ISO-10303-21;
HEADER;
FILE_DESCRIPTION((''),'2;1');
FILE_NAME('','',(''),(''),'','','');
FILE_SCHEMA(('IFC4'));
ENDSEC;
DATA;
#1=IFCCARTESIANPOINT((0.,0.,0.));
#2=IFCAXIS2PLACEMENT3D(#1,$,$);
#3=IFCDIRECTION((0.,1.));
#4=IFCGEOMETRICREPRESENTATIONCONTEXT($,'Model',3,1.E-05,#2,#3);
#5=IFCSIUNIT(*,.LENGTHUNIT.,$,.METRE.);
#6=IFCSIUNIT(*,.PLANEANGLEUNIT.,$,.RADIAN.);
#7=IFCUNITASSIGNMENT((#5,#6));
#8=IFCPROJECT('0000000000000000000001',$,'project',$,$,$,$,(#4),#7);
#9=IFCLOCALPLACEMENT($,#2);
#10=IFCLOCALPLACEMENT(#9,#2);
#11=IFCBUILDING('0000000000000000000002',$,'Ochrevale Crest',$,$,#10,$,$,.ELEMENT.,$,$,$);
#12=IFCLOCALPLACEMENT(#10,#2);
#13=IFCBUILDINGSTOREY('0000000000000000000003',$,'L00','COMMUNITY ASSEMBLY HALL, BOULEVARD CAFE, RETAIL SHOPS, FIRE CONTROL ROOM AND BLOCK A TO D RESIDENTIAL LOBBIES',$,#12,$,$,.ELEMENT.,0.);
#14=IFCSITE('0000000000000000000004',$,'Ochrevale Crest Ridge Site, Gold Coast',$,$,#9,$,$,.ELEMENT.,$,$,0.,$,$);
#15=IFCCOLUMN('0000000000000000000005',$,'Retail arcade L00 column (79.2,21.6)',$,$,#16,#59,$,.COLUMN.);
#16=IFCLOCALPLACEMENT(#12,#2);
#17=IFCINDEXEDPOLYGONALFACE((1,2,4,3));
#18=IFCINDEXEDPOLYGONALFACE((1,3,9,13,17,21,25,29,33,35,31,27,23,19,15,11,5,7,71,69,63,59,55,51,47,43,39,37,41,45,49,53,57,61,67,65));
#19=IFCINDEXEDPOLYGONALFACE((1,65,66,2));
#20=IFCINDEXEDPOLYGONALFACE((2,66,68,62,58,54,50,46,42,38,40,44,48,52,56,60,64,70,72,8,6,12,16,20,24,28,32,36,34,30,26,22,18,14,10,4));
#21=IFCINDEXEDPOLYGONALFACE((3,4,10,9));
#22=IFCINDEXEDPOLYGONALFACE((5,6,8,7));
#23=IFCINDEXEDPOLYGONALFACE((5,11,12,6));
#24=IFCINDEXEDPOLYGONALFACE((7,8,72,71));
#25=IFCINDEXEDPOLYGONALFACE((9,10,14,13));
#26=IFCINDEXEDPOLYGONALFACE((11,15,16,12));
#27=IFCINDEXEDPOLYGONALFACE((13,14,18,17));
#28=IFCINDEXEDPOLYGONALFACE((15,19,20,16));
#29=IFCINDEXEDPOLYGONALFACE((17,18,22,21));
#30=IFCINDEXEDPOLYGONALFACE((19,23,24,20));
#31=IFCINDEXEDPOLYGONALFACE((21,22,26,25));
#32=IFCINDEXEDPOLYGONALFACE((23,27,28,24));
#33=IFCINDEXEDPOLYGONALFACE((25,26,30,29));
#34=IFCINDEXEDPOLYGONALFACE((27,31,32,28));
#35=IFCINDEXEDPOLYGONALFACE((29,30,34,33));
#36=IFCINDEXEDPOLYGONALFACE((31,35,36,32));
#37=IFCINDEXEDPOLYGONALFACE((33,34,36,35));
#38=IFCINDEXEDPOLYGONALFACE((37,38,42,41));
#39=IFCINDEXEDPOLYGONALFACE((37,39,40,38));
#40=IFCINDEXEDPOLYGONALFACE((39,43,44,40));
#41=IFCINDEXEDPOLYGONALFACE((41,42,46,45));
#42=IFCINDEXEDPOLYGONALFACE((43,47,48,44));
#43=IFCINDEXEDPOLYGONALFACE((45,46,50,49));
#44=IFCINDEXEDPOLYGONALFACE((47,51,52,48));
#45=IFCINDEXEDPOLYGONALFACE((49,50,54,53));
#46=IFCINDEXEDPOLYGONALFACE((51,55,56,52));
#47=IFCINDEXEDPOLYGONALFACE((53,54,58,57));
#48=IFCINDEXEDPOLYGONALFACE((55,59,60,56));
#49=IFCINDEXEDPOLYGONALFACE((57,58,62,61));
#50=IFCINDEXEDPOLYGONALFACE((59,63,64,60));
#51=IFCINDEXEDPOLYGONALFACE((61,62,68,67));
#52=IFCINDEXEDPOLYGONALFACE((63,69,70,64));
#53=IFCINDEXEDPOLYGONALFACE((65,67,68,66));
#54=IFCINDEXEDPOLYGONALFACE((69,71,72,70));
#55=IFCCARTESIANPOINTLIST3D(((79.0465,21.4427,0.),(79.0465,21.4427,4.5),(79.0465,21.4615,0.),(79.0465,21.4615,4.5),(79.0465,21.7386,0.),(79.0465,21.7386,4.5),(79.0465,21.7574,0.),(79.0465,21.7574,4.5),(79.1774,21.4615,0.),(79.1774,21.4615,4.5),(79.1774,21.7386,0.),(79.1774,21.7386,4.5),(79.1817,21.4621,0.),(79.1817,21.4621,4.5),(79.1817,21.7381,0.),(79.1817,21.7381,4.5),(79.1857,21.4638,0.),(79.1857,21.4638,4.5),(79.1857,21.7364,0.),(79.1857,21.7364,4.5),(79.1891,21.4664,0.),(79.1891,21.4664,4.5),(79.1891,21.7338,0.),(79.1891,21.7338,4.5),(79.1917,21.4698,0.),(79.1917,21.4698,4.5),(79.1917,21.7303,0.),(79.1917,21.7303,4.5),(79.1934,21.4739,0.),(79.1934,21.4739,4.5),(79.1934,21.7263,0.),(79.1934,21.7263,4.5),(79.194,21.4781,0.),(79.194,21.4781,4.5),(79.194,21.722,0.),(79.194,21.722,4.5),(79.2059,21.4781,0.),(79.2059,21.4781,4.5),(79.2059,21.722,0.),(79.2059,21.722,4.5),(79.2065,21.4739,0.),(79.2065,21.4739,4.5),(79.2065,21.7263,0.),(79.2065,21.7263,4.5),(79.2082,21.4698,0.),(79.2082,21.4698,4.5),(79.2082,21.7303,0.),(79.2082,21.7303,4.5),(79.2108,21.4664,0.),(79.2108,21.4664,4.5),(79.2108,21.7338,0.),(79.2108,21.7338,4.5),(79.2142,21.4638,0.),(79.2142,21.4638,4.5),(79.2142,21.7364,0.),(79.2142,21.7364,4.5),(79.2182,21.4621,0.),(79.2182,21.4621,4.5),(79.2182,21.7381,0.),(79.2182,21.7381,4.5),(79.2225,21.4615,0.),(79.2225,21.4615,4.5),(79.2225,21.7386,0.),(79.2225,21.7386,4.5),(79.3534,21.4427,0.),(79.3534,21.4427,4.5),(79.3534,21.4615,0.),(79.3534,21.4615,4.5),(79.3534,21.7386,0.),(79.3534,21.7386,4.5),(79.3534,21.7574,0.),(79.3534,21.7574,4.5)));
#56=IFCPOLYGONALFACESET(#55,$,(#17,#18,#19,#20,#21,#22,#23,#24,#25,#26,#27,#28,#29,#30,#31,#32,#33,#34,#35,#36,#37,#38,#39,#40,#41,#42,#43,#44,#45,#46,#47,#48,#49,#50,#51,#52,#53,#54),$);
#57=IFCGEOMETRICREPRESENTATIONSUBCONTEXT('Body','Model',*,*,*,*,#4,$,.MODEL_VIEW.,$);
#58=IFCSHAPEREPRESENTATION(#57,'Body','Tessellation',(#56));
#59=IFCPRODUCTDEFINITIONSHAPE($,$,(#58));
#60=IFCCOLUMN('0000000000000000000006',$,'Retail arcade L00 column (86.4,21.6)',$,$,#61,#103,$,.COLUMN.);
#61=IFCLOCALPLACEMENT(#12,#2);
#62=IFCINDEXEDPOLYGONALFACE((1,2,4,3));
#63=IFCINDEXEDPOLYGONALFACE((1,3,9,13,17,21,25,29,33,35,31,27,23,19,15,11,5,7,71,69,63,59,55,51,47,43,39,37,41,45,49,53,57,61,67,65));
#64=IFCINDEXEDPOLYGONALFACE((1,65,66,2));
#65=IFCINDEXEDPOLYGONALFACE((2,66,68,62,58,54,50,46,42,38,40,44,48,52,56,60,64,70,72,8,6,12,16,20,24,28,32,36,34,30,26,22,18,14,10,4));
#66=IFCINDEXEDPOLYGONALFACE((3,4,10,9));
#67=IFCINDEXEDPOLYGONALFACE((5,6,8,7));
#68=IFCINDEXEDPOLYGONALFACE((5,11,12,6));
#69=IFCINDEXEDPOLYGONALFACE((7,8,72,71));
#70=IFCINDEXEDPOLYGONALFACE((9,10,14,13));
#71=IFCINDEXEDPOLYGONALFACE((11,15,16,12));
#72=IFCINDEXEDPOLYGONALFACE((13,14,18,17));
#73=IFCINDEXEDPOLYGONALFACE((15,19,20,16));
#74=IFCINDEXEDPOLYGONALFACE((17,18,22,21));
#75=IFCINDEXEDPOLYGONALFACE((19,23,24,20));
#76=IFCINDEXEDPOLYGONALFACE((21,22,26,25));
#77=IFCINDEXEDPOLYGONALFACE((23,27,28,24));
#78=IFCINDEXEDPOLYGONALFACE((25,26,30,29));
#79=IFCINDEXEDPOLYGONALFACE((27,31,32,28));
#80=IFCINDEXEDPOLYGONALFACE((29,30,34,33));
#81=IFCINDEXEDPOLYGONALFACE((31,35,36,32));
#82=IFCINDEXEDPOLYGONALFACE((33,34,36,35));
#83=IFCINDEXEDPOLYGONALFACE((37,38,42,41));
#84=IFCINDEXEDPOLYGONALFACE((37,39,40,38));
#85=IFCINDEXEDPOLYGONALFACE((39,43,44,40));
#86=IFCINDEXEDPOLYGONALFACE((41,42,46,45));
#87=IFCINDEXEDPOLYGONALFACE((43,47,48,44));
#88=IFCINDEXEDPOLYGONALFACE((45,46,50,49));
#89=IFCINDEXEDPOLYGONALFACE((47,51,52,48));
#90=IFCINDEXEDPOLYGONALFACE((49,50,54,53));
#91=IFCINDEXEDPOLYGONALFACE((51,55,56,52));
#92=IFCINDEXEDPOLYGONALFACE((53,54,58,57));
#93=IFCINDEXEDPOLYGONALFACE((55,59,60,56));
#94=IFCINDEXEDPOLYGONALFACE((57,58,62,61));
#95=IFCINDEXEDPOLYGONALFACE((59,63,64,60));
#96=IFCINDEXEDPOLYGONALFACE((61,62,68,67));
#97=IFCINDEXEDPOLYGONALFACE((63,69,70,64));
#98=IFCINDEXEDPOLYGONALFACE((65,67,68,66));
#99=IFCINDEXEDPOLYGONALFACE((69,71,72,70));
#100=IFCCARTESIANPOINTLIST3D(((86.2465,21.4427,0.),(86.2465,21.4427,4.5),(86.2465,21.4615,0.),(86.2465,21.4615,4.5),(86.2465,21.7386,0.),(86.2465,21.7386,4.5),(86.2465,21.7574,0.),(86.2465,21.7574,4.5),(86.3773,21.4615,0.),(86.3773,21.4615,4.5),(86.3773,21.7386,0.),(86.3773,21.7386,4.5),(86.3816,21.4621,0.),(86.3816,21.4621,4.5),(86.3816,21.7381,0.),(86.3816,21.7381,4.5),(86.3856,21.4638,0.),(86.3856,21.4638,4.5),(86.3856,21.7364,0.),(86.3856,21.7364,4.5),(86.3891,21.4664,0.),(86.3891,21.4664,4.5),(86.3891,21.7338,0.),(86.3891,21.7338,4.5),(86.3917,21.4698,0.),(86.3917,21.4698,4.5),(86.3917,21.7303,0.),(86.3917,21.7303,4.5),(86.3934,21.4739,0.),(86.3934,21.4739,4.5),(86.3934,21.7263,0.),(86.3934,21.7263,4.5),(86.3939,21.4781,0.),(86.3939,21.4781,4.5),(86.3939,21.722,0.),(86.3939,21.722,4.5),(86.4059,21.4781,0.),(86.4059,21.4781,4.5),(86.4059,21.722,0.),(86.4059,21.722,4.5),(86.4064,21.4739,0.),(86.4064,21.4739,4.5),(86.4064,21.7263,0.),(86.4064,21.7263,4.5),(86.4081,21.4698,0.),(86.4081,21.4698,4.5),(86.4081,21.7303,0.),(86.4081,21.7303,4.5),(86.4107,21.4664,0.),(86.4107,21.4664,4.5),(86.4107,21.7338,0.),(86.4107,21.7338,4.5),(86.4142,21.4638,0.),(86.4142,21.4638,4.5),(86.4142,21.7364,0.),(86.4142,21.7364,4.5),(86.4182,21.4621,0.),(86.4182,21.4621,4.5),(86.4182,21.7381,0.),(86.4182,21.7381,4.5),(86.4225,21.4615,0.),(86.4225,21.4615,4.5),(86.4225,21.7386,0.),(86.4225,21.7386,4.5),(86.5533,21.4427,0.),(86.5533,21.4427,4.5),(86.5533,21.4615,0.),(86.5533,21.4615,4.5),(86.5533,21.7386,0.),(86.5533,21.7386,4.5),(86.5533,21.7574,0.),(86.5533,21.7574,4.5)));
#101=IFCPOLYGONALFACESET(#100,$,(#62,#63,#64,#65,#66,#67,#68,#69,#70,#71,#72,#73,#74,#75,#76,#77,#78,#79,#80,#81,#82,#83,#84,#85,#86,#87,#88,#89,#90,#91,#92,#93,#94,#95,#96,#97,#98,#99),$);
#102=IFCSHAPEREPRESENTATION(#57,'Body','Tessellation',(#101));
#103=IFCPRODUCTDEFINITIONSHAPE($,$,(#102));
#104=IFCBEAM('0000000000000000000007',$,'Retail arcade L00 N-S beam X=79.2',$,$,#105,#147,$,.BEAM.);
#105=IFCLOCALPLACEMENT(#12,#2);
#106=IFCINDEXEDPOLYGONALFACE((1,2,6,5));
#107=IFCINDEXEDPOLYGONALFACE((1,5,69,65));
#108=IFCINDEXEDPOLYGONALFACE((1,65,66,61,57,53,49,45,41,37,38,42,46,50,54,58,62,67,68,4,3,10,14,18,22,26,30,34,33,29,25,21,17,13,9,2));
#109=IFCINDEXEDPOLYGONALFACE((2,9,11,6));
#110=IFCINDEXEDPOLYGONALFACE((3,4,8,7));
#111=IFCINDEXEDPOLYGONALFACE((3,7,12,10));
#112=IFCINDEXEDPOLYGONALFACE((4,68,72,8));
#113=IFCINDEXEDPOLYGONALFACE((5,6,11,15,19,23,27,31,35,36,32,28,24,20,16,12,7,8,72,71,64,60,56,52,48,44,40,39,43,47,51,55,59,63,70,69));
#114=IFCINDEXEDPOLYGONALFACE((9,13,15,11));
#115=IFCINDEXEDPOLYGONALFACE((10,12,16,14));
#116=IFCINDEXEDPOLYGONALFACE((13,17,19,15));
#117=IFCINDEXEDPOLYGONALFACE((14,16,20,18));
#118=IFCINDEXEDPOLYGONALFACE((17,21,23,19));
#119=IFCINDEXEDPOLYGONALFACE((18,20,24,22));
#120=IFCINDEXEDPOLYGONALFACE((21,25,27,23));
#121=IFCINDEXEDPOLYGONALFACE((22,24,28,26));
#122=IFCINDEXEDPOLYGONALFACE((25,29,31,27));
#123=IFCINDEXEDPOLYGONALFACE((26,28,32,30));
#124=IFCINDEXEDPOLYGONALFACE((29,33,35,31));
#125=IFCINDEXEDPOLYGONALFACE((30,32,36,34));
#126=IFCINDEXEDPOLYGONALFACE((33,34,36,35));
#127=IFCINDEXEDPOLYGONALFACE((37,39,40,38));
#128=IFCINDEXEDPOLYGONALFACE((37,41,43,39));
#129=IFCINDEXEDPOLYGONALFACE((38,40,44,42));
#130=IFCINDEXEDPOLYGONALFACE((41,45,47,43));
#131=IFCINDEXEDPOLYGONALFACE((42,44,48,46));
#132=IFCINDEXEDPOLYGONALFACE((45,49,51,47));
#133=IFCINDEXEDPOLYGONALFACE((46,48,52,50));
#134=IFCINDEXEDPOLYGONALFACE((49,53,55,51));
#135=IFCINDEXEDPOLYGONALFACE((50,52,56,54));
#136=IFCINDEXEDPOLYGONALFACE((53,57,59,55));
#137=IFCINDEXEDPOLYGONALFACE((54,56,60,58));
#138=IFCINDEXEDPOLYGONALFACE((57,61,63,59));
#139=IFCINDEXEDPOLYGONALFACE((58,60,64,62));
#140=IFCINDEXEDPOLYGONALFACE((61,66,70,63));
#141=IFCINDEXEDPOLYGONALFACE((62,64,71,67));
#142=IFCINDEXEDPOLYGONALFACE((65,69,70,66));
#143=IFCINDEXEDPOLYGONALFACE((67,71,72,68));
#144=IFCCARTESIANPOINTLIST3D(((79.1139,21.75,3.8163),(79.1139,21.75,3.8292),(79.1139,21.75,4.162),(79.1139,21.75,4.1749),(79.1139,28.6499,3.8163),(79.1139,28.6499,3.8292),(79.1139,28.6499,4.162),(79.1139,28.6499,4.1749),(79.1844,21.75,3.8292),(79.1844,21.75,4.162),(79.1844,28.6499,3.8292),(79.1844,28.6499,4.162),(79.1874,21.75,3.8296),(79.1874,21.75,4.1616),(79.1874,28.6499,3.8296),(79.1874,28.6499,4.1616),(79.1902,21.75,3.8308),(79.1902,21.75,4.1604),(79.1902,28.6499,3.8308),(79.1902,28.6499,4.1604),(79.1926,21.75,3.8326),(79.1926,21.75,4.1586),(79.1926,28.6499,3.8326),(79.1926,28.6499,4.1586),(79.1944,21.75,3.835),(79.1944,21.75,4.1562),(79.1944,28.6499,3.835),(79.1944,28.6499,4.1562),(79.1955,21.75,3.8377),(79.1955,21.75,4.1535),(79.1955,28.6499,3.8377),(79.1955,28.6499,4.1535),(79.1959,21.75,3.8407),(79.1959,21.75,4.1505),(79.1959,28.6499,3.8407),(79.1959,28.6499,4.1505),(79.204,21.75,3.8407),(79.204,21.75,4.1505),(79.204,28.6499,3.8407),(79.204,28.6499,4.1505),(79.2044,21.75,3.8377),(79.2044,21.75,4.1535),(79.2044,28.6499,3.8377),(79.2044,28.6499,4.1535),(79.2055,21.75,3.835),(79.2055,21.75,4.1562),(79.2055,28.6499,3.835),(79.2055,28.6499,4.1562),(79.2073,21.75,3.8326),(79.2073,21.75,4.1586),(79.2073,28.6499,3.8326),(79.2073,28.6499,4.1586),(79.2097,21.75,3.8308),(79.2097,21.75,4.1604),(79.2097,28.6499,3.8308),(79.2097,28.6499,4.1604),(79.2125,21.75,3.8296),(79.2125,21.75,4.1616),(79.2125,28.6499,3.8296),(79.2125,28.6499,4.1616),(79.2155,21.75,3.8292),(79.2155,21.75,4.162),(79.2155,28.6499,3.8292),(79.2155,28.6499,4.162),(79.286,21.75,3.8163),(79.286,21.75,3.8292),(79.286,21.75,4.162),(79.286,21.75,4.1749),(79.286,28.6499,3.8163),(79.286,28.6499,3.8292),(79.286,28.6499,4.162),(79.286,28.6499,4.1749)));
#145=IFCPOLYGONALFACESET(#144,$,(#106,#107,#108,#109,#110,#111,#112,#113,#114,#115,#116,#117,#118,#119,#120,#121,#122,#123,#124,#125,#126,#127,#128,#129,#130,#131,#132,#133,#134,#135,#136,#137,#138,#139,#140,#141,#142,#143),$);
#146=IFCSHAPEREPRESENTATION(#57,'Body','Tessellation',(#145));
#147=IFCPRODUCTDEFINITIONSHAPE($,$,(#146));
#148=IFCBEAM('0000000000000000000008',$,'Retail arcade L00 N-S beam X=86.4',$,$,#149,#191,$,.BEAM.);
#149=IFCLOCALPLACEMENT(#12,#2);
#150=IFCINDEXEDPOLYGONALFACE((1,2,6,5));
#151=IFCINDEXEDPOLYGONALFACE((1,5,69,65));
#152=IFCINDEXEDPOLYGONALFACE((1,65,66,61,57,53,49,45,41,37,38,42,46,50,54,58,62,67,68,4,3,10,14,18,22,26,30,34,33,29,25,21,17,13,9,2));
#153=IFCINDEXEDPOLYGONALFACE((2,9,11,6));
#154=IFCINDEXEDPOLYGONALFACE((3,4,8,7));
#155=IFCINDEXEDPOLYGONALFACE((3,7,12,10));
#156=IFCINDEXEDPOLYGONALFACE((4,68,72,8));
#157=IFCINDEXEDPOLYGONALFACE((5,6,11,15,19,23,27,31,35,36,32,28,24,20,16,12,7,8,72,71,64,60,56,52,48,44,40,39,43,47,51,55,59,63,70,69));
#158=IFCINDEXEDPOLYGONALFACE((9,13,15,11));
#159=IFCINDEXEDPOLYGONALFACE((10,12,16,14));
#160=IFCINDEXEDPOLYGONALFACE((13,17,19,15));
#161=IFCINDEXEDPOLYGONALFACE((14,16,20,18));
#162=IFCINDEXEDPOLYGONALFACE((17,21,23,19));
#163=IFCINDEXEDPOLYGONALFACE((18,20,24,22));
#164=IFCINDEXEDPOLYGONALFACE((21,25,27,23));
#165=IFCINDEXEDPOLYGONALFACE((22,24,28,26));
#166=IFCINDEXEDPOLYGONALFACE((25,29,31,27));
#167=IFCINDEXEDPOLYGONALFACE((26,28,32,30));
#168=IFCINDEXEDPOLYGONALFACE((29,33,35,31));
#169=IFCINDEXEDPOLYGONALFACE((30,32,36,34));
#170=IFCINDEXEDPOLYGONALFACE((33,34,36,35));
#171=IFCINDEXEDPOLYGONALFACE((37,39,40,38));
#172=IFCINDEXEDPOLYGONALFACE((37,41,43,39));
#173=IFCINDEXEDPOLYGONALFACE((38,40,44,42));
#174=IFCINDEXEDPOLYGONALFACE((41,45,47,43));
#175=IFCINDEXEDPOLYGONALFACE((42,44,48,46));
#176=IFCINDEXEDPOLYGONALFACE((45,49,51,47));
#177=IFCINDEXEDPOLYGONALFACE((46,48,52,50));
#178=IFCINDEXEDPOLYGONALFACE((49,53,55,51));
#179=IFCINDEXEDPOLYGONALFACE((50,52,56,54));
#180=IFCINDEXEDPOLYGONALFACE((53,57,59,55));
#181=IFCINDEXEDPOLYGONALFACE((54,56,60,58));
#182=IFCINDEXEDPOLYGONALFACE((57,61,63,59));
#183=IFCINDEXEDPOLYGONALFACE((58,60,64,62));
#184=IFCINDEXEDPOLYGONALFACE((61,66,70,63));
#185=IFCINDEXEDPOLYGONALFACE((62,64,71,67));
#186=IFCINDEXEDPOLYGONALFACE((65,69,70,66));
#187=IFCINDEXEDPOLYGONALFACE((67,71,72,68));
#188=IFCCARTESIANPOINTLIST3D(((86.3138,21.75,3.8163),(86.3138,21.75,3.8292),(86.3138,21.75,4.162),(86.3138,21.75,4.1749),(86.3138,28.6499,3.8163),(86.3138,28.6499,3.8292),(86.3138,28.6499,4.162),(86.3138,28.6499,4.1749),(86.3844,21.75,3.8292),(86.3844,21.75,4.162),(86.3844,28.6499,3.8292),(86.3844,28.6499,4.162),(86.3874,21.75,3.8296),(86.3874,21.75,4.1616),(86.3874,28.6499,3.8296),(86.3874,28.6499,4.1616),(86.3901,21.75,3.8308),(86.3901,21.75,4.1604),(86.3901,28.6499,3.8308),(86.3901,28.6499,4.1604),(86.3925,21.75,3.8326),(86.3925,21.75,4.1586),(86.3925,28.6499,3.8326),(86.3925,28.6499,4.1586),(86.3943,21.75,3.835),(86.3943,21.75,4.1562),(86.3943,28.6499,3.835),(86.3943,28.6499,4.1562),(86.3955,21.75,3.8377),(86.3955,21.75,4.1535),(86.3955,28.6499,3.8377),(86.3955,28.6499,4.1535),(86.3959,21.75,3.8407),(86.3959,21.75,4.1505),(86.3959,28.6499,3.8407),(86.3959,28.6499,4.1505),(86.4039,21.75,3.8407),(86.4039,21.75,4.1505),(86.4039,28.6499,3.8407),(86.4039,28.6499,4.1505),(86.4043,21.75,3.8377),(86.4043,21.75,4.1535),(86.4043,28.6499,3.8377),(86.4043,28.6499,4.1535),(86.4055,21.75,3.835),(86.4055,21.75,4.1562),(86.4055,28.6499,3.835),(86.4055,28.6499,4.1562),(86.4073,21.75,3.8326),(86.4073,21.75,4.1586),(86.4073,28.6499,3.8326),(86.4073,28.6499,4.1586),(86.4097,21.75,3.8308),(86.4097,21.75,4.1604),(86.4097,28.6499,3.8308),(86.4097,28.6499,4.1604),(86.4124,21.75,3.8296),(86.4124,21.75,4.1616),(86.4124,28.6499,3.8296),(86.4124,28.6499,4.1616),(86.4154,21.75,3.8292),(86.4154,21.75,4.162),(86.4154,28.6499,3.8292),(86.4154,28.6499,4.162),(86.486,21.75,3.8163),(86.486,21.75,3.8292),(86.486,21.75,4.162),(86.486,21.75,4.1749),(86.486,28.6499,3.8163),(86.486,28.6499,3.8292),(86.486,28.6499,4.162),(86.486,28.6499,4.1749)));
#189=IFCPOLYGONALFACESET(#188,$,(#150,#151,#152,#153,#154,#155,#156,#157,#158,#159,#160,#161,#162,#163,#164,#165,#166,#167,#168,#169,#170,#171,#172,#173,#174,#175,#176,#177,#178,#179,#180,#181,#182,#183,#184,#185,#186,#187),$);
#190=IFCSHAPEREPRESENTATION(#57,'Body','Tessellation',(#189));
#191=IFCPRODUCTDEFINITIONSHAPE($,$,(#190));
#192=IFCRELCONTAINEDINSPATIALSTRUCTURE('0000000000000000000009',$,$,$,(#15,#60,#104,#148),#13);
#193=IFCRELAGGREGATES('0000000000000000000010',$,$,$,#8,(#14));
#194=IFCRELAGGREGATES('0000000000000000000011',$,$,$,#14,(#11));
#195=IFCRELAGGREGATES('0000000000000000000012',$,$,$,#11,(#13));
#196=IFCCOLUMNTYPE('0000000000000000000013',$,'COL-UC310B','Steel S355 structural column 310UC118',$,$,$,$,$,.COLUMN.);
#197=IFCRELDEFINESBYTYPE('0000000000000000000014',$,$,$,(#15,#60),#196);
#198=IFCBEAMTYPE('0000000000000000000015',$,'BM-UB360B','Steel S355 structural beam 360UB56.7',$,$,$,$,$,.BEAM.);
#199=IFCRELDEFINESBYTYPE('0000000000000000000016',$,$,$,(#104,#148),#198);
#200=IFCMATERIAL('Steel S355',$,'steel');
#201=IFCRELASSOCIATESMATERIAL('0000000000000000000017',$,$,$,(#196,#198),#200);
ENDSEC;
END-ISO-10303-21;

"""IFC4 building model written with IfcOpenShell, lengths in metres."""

from ifc_helpers import new_model, si_unit, direction, frame, origin, origin_2d, place, context, subcontext, project, spatial, i_section, extrude, material, material_profile, profile_set, type_object, element, save


model = new_model("IFC4")

# Units and contexts
model_context = context("Model", 3, precision=1e-05, world=origin(), true_north=direction((0.0, 1.0)))
body_context = subcontext(model_context, "Body", "Model", "MODEL_VIEW")
ifc_project = project(units=[si_unit("LENGTHUNIT", "METRE"), si_unit("PLANEANGLEUNIT", "RADIAN")], contexts=[model_context])

# Site, building, storey
site_placement = place(None, origin())
site = spatial("IfcSite", under=ifc_project, at=site_placement, Name="Ochrevale Crest Ridge Site, Gold Coast", CompositionType="ELEMENT", RefElevation=0.0)
building_placement = place(site_placement, origin())
building = spatial("IfcBuilding", under=site, at=building_placement, Name="Ochrevale Crest", CompositionType="ELEMENT")
storey_placement = place(building_placement, origin())
storey = spatial("IfcBuildingStorey", under=building, at=storey_placement, Name="L00", Description="COMMUNITY ASSEMBLY HALL, BOULEVARD CAFE, RETAIL SHOPS, FIRE CONTROL ROOM AND BLOCK A TO D RESIDENTIAL LOBBIES", CompositionType="ELEMENT", Elevation=0.0)

# Columns
ifc_material_1 = material(Name="Steel S355", Category="steel")
ifc_material_profile_1 = material_profile(ifc_material_1, i_section(OverallWidth=0.3069, OverallDepth=0.3147, WebThickness=0.012, FlangeThickness=0.0188, FilletRadius=0.0166, at=origin_2d()), Name="310UC118")
ifc_profile_set_1 = profile_set([ifc_material_profile_1], Name="Steel S355")
column_type = type_object("IfcColumnType", Name="COL-UC310B", Description="Steel S355 structural column 310UC118", PredefinedType="COLUMN", material=ifc_profile_set_1)
for number, where, z_axis, x_axis, name in (
    (1, (79.2, 21.6001, 0.0), (0.0, 0.0, 1.0), (1.0, 0.0, 0.0), "Retail arcade L00 column (79.2,21.6)"),
    (2, (86.3999, 21.6001, 0.0), (0.0, 0.0, 1.0), (1.0, 0.0, 0.0), "Retail arcade L00 column (86.4,21.6)"),
):
    element("IfcColumn", number, at=place(storey_placement, frame(where, z_axis=z_axis, x_axis=x_axis)), inside=storey, type_object=column_type, Name=name, PredefinedType="COLUMN", context=body_context, shape_type="SweptSolid", body=[
        extrude(i_section(OverallWidth=0.3069, OverallDepth=0.3147, WebThickness=0.012, FlangeThickness=0.0188, FilletRadius=0.0166, at=origin_2d()), origin(), (0.0, 0.0, 1.0), 4.5),
    ])

# Beams
ifc_material_profile_2 = material_profile(ifc_material_1, i_section(OverallWidth=0.1721, OverallDepth=0.3586, WebThickness=0.0081, FlangeThickness=0.0129, FilletRadius=0.0115, at=origin_2d()), Name="360UB56.7")
ifc_profile_set_2 = profile_set([ifc_material_profile_2], Name="Steel S355")
beam_type_1 = type_object("IfcBeamType", Name="BM-UB360B", Description="Steel S355 structural beam 360UB56.7", PredefinedType="BEAM", material=ifc_profile_set_2)
for number, where, z_axis, x_axis, name in (
    (3, (79.2, 21.75, 3.9956), (0.0, 1.0, 0.0), (-1.0, 0.0, 0.0), "Retail arcade L00 N-S beam X=79.2"),
    (4, (86.3999, 21.75, 3.9956), (0.0, 1.0, 0.0), (-1.0, 0.0, 0.0), "Retail arcade L00 N-S beam X=86.4"),
):
    element("IfcBeam", number, at=place(storey_placement, frame(where, z_axis=z_axis, x_axis=x_axis)), inside=storey, type_object=beam_type_1, Name=name, PredefinedType="BEAM", context=body_context, shape_type="SweptSolid", body=[
        extrude(i_section(OverallWidth=0.1721, OverallDepth=0.3586, WebThickness=0.0081, FlangeThickness=0.0129, FilletRadius=0.0115, at=origin_2d()), origin(), (0.0, 0.0, 1.0), 6.8999),
    ])

save(model, "model.ifc")
